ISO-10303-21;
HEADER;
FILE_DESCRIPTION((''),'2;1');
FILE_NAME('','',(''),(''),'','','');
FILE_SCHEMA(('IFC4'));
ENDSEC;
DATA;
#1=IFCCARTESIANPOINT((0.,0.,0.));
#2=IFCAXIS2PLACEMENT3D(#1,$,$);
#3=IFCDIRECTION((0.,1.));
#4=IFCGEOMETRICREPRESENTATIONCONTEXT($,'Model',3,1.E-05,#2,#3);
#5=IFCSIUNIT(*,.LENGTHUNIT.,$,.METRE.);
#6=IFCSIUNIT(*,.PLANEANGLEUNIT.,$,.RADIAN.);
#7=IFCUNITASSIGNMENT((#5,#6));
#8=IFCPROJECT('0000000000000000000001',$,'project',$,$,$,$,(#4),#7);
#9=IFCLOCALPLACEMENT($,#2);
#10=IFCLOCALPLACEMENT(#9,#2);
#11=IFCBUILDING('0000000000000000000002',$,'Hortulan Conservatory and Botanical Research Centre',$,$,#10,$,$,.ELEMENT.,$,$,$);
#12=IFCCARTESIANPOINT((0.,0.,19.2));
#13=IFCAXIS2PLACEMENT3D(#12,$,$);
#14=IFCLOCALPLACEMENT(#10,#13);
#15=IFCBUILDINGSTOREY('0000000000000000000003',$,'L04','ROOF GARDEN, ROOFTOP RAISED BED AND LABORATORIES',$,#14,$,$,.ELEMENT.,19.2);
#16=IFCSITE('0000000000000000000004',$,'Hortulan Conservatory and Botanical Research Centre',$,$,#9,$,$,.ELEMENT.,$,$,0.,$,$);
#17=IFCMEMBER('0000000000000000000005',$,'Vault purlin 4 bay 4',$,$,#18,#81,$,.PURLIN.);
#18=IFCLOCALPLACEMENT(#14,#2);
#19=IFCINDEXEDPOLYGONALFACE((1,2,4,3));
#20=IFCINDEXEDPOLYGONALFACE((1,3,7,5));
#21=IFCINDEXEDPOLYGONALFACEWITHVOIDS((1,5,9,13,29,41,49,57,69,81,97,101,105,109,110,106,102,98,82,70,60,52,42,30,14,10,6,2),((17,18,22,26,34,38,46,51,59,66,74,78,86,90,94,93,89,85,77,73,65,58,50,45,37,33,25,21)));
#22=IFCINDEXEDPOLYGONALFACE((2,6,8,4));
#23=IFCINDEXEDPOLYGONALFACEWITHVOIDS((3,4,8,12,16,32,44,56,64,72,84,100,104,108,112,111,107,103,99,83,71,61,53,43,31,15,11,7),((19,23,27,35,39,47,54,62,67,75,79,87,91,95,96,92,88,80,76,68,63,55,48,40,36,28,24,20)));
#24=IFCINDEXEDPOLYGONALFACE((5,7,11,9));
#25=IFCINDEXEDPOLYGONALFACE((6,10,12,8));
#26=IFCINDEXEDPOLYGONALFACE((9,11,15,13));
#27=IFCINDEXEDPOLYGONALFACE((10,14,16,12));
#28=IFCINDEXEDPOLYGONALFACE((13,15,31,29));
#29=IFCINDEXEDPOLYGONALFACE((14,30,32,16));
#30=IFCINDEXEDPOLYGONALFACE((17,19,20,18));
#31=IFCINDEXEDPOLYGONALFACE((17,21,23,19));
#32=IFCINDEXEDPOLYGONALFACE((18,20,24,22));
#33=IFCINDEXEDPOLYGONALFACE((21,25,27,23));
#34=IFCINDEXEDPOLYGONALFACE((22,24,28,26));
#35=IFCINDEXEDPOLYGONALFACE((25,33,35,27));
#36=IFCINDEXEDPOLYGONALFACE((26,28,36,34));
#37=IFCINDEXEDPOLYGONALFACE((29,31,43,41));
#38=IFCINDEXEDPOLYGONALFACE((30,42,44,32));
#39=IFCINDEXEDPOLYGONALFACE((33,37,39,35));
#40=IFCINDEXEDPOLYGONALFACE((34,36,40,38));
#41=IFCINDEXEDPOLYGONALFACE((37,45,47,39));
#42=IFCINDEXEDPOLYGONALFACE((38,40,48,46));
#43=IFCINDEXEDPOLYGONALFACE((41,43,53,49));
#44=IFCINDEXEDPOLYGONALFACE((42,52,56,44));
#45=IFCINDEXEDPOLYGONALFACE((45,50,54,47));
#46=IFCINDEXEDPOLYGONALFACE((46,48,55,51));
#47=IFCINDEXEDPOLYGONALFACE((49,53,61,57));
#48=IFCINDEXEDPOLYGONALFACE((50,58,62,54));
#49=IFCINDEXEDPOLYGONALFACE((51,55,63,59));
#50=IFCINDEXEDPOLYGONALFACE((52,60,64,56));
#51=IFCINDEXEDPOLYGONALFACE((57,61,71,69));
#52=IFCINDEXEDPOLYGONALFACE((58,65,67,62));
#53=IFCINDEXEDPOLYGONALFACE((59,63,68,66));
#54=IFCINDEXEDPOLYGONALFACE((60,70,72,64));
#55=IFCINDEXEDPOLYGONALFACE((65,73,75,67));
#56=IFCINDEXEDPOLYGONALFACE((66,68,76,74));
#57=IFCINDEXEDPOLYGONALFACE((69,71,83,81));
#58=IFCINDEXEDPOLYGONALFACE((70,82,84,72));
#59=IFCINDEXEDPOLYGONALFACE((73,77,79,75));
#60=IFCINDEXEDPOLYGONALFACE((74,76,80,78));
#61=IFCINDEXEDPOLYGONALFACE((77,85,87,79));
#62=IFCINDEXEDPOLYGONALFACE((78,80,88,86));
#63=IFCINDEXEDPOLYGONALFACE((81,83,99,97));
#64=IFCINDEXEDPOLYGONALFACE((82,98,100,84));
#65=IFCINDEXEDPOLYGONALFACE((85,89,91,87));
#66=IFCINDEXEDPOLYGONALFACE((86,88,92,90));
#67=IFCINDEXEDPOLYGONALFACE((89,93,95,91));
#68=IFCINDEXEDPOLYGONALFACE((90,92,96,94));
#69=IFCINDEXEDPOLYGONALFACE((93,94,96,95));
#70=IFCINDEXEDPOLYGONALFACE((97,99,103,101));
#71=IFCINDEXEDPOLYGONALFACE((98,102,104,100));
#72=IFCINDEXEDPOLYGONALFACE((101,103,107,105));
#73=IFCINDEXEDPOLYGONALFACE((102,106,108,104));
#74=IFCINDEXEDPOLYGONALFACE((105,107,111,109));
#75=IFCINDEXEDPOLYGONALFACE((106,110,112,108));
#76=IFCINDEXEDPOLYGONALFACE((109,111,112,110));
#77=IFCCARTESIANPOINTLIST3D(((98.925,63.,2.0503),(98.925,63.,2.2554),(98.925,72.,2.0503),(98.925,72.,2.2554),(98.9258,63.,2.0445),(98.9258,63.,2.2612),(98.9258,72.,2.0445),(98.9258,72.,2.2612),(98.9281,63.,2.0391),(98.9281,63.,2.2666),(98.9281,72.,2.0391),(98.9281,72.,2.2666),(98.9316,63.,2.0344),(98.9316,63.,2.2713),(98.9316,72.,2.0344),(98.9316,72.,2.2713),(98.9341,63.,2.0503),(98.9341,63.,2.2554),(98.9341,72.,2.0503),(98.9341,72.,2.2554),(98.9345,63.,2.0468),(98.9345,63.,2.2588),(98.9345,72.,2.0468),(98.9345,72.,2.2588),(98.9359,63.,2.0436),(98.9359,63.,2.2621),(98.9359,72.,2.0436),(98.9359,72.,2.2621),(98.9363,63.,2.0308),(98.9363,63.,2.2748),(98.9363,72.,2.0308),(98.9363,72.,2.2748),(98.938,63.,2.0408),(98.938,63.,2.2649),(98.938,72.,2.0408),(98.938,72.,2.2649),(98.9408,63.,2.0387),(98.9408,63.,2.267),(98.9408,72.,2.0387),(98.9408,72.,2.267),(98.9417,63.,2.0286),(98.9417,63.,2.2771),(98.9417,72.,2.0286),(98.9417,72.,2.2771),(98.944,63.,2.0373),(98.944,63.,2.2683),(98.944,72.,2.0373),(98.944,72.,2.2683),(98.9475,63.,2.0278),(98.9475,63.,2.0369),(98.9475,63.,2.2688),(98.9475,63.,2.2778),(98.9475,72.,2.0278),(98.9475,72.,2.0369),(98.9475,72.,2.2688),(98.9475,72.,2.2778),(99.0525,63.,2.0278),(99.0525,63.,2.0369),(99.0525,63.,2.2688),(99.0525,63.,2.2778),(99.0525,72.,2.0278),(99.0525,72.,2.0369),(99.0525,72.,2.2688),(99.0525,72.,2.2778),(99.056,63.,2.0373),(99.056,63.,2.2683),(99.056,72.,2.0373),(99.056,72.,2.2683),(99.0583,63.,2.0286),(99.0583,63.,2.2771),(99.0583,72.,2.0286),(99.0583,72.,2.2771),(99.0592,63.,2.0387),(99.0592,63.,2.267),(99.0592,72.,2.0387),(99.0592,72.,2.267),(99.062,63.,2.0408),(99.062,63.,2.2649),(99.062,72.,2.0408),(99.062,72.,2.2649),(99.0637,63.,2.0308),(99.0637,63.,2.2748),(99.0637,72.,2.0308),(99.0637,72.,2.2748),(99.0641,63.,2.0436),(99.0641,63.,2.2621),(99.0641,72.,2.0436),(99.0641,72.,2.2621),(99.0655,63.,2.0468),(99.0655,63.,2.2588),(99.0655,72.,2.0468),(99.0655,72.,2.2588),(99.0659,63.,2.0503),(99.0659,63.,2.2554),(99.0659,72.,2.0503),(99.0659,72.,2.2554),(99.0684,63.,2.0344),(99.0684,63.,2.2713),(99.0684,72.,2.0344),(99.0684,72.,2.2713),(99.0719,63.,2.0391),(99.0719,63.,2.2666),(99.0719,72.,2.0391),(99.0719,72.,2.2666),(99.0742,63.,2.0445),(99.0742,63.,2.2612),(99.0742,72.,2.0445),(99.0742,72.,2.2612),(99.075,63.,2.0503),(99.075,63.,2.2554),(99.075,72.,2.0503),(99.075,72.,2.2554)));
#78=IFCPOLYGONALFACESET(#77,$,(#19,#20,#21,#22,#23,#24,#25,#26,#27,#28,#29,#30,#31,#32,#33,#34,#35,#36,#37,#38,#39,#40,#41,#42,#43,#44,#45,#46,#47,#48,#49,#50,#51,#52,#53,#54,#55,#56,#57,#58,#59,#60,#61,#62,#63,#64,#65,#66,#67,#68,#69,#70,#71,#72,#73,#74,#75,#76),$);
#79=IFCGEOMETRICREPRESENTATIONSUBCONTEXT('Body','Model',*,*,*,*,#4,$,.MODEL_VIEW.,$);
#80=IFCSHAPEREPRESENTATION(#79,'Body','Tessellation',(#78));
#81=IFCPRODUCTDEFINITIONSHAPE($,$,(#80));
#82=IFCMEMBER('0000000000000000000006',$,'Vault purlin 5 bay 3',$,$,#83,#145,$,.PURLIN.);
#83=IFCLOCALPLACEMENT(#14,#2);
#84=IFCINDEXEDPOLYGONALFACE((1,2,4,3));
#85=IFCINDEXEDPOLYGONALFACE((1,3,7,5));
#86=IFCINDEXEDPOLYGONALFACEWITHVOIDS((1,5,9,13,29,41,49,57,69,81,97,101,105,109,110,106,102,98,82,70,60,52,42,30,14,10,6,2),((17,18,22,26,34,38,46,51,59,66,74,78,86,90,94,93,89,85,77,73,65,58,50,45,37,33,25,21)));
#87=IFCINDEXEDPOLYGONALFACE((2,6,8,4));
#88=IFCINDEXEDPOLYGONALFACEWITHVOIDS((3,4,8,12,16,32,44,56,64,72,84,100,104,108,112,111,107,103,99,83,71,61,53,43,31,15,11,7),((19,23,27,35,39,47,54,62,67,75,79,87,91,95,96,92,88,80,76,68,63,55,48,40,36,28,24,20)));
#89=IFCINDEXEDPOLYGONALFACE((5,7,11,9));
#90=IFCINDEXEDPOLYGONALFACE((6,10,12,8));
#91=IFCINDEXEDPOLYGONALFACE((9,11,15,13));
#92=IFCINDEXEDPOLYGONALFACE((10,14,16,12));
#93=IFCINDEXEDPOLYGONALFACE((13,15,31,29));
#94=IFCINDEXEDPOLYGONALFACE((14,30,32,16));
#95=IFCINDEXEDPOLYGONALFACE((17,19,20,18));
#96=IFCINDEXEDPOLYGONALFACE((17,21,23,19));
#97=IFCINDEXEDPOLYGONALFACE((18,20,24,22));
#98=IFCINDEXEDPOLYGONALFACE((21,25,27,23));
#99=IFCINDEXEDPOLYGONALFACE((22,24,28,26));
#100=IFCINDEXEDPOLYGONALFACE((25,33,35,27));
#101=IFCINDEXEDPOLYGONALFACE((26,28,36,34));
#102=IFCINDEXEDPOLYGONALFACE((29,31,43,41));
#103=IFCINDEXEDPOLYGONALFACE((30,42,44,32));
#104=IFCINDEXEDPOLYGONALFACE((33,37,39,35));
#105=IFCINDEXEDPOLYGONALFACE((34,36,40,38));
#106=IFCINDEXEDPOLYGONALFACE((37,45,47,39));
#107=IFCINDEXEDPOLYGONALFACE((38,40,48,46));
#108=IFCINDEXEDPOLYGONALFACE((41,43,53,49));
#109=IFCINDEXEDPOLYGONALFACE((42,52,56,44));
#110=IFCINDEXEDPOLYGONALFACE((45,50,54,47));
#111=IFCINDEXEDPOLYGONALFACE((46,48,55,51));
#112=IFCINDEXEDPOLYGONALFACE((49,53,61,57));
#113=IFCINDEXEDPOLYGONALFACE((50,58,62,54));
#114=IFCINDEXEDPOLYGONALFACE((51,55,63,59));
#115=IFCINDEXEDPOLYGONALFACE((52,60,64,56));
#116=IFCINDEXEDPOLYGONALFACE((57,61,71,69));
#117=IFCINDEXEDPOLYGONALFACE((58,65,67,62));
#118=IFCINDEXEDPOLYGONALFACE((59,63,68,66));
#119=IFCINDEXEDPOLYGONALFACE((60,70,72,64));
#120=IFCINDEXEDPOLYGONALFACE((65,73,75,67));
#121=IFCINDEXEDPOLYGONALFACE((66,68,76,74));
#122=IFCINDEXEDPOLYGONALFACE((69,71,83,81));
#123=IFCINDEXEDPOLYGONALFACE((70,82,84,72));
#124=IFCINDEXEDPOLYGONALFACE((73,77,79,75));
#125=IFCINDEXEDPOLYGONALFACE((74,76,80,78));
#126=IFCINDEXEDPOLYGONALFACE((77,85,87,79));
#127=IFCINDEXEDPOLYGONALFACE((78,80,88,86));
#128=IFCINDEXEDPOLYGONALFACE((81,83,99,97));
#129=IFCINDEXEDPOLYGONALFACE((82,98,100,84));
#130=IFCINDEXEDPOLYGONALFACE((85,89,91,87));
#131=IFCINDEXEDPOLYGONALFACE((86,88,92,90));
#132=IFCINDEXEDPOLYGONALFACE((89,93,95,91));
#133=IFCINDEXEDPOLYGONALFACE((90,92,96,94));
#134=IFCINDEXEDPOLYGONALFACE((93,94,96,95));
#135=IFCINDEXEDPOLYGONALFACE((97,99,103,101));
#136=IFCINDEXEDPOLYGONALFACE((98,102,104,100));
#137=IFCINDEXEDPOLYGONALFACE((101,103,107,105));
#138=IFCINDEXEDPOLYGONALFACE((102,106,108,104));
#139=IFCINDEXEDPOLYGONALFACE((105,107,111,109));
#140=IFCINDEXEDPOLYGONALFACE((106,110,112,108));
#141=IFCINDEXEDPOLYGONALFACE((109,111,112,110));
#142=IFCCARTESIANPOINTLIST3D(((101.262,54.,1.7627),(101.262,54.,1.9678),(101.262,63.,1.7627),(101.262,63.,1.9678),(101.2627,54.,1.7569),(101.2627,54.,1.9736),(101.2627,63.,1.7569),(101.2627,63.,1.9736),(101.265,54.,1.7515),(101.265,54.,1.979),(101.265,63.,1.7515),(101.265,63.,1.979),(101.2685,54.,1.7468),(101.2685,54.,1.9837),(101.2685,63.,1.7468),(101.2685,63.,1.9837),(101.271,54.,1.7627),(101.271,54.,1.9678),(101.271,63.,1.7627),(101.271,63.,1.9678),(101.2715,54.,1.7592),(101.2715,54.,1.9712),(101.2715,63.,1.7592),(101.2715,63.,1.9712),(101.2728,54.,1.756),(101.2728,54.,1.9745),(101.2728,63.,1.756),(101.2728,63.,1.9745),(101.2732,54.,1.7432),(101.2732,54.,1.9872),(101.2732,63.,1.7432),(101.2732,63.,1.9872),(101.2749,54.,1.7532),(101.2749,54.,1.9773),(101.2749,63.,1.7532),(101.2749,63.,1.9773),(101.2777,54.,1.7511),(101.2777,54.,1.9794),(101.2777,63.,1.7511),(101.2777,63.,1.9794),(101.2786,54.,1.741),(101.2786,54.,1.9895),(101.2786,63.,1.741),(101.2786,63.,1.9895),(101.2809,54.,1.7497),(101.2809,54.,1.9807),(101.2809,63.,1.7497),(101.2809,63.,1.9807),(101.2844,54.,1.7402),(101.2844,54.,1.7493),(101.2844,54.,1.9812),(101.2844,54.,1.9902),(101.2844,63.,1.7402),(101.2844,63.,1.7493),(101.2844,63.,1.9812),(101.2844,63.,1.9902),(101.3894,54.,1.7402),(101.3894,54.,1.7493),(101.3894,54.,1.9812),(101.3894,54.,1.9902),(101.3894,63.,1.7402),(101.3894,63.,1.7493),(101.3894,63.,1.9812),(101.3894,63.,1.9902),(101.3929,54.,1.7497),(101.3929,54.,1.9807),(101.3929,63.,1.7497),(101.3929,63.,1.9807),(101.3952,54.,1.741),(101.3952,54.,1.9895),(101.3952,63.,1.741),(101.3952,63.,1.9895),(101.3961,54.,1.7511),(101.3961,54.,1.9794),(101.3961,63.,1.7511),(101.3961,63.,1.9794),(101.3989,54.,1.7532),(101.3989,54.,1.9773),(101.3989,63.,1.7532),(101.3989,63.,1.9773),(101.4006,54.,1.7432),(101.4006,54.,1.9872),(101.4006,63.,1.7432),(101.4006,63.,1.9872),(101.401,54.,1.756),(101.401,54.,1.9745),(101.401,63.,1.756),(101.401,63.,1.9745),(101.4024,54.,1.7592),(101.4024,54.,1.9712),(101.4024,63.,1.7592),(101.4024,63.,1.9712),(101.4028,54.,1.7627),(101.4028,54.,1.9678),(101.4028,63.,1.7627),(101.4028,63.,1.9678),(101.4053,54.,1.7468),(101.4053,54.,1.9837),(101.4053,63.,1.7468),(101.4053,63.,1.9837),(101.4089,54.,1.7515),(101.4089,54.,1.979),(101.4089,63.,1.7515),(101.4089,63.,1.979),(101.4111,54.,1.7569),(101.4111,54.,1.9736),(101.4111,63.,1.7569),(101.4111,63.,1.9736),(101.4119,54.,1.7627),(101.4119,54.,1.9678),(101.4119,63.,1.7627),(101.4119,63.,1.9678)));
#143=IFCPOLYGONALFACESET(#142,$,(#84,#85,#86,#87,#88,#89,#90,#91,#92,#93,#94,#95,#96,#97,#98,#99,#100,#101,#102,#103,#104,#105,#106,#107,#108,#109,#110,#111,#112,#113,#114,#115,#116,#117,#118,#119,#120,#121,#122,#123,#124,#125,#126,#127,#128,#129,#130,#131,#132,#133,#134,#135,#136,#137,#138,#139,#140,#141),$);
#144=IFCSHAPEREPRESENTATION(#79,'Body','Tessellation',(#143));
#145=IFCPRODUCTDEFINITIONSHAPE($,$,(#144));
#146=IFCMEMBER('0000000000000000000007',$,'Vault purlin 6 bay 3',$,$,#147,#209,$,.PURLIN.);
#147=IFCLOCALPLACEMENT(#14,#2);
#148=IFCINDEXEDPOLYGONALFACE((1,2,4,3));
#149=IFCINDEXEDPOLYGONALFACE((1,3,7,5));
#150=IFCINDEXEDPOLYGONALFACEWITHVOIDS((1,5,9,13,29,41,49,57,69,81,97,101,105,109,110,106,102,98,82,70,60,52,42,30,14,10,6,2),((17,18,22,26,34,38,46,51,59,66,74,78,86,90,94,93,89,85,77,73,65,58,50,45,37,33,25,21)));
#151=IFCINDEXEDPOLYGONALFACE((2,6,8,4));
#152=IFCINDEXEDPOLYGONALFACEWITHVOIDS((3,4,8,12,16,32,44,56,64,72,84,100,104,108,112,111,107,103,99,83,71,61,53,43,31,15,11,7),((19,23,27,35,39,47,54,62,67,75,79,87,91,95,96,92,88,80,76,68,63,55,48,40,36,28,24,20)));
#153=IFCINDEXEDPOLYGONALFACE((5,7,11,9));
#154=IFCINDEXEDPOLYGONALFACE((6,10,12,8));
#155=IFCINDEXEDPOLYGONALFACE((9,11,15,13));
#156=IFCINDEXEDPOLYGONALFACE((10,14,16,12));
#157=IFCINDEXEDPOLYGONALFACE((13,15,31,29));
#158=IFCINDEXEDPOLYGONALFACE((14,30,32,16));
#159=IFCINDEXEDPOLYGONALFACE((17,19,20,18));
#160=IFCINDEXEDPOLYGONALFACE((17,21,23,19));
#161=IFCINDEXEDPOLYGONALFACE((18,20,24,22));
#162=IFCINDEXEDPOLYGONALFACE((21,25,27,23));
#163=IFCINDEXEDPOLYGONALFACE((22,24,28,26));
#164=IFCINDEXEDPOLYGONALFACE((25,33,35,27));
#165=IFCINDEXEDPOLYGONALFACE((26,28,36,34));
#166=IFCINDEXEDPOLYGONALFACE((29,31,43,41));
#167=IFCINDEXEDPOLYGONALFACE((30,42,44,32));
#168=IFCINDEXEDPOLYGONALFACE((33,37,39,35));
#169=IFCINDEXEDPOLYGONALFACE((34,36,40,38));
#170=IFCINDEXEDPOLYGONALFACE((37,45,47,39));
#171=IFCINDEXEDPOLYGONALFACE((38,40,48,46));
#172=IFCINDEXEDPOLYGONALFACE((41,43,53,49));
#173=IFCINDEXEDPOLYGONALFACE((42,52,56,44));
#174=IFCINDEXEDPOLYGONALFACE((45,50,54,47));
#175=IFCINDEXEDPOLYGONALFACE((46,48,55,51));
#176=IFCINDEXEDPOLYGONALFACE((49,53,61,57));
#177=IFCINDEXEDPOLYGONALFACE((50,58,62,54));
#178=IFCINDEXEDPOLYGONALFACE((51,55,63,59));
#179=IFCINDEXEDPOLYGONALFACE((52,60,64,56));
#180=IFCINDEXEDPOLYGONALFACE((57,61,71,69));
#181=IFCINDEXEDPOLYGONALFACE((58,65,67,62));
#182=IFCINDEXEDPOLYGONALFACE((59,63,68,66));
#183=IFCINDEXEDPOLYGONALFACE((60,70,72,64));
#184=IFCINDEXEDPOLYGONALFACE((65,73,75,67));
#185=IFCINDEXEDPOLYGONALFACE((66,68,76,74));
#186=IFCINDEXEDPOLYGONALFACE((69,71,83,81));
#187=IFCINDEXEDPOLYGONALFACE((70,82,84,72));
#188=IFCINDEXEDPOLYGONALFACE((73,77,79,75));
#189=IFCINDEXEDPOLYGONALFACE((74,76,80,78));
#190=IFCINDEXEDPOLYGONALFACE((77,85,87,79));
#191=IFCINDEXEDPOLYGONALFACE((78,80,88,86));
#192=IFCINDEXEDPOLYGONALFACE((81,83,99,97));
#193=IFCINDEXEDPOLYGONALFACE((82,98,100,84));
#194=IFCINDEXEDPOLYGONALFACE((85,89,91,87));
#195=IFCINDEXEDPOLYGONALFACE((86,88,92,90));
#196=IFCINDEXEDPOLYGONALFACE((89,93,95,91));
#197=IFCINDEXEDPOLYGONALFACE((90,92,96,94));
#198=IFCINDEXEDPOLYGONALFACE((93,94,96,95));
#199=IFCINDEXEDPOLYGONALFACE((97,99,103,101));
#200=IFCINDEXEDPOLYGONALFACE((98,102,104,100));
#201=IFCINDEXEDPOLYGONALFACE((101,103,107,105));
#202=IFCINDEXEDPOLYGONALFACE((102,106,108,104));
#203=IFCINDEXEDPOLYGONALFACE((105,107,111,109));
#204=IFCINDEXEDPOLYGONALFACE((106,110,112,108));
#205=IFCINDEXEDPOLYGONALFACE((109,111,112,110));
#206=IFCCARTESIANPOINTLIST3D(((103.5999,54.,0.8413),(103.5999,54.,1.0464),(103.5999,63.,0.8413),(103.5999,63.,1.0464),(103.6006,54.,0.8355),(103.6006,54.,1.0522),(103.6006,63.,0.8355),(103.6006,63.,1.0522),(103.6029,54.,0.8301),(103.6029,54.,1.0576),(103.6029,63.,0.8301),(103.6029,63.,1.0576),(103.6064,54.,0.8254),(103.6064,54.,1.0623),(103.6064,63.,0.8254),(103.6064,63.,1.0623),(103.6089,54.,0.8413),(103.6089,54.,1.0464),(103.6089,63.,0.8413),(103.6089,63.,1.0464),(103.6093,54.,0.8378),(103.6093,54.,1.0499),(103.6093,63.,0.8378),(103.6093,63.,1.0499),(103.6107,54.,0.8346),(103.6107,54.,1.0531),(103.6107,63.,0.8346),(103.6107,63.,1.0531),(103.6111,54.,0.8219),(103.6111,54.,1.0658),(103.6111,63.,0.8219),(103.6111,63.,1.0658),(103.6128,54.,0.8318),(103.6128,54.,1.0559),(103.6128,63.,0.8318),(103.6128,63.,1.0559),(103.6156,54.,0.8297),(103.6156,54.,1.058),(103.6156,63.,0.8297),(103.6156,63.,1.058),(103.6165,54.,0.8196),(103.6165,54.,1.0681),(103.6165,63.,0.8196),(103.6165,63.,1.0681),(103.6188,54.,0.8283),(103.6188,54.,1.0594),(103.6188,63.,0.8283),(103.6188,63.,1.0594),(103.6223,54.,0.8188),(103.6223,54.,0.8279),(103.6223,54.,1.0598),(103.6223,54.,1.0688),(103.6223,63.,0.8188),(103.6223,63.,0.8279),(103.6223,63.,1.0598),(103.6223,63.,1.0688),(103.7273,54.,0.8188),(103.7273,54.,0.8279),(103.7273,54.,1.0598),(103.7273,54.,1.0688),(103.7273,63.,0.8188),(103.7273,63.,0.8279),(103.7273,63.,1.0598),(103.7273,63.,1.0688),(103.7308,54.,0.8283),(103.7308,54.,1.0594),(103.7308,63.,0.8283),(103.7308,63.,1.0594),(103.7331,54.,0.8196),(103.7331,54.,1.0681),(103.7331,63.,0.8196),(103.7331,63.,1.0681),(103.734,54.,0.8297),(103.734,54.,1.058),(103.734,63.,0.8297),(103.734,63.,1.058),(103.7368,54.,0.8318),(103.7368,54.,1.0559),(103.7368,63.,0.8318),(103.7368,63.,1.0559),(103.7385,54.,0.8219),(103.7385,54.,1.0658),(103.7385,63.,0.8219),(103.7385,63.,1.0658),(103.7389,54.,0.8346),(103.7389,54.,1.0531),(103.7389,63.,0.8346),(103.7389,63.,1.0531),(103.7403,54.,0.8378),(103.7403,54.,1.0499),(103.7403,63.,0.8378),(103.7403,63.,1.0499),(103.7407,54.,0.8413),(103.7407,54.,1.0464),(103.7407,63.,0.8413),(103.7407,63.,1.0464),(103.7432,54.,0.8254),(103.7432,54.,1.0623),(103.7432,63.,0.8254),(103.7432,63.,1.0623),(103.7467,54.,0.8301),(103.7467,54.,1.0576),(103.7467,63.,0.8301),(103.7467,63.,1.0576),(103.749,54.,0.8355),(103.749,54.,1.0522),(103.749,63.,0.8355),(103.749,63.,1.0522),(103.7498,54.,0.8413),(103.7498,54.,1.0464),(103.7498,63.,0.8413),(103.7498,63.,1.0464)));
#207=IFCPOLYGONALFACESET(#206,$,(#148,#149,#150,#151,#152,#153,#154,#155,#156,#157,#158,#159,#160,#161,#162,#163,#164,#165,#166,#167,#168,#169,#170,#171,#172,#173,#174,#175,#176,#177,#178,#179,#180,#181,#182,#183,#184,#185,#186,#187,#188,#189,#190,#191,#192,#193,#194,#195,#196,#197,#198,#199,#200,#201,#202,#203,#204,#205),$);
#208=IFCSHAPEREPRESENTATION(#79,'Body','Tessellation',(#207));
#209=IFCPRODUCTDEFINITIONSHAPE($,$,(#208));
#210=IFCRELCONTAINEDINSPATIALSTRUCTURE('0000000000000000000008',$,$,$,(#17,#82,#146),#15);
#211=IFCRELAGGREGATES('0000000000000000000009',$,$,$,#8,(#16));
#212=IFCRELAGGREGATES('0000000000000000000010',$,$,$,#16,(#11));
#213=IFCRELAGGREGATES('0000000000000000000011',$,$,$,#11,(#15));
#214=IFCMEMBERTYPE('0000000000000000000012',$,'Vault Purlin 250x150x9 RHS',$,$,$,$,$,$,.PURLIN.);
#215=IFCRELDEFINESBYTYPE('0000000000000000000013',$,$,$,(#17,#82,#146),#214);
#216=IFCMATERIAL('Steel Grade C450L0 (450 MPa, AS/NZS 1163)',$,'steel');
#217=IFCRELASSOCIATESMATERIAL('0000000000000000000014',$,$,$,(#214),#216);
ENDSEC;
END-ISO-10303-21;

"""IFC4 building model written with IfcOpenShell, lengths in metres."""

from ifc_helpers import new_model, si_unit, direction, frame, origin, origin_2d, place, context, subcontext, project, spatial, hollow_rectangle, extrude, material, material_profile, profile_set, type_object, element, save


model = new_model("IFC4")

# Units and contexts
model_context = context("Model", 3, precision=1e-05, world=origin(), true_north=direction((0.0, 1.0)))
body_context = subcontext(model_context, "Body", "Model", "MODEL_VIEW")
ifc_project = project(units=[si_unit("LENGTHUNIT", "METRE"), si_unit("PLANEANGLEUNIT", "RADIAN")], contexts=[model_context])

# Site, building, storey
site_placement = place(None, origin())
site = spatial("IfcSite", under=ifc_project, at=site_placement, Name="Hortulan Conservatory and Botanical Research Centre", CompositionType="ELEMENT", RefElevation=0.0)
building_placement = place(site_placement, origin())
building = spatial("IfcBuilding", under=site, at=building_placement, Name="Hortulan Conservatory and Botanical Research Centre", CompositionType="ELEMENT")
storey_placement = place(building_placement, frame((0.0, 0.0, 19.2)))
storey = spatial("IfcBuildingStorey", under=building, at=storey_placement, Name="L04", Description="ROOF GARDEN, ROOFTOP RAISED BED AND LABORATORIES", CompositionType="ELEMENT", Elevation=19.2)

# Members
ifc_material_1 = material(Name="Steel Grade C450L0 (450 MPa, AS/NZS 1163)", Category="steel")
ifc_material_profile_1 = material_profile(ifc_material_1, hollow_rectangle(XDim=0.1499, YDim=0.25, WallThickness=0.009, InnerFilletRadius=0.0134, OuterFilletRadius=0.0225, at=origin_2d()), Name="250x150x9RHS")
ifc_profile_set_1 = profile_set([ifc_material_profile_1], Name="Steel Grade C450L0 (450 MPa, AS/NZS 1163)")
member_type_1 = type_object("IfcMemberType", Name="Vault Purlin 250x150x9 RHS", PredefinedType="PURLIN", material=ifc_profile_set_1)
for number, where, z_axis, x_axis, name in (
    (1, (99.0, 63.0, 2.1528), (0.0, 1.0, 0.0), (-1.0, 0.0, 0.0), "Vault purlin 4 bay 4"),
    (2, (101.3369, 54.0, 1.8652), (0.0, 1.0, 0.0), (-1.0, 0.0, 0.0), "Vault purlin 5 bay 3"),
    (3, (103.6748, 54.0, 0.9438), (0.0, 1.0, 0.0), (-1.0, 0.0, 0.0), "Vault purlin 6 bay 3"),
):
    element("IfcMember", number, at=place(storey_placement, frame(where, z_axis=z_axis, x_axis=x_axis)), inside=storey, type_object=member_type_1, Name=name, PredefinedType="PURLIN", context=body_context, shape_type="SweptSolid", body=[
        extrude(hollow_rectangle(XDim=0.1499, YDim=0.25, WallThickness=0.009, InnerFilletRadius=0.0134, OuterFilletRadius=0.0225, at=origin_2d()), origin(), (0.0, 0.0, 1.0), 9.0),
    ])

save(model, "model.ifc")
